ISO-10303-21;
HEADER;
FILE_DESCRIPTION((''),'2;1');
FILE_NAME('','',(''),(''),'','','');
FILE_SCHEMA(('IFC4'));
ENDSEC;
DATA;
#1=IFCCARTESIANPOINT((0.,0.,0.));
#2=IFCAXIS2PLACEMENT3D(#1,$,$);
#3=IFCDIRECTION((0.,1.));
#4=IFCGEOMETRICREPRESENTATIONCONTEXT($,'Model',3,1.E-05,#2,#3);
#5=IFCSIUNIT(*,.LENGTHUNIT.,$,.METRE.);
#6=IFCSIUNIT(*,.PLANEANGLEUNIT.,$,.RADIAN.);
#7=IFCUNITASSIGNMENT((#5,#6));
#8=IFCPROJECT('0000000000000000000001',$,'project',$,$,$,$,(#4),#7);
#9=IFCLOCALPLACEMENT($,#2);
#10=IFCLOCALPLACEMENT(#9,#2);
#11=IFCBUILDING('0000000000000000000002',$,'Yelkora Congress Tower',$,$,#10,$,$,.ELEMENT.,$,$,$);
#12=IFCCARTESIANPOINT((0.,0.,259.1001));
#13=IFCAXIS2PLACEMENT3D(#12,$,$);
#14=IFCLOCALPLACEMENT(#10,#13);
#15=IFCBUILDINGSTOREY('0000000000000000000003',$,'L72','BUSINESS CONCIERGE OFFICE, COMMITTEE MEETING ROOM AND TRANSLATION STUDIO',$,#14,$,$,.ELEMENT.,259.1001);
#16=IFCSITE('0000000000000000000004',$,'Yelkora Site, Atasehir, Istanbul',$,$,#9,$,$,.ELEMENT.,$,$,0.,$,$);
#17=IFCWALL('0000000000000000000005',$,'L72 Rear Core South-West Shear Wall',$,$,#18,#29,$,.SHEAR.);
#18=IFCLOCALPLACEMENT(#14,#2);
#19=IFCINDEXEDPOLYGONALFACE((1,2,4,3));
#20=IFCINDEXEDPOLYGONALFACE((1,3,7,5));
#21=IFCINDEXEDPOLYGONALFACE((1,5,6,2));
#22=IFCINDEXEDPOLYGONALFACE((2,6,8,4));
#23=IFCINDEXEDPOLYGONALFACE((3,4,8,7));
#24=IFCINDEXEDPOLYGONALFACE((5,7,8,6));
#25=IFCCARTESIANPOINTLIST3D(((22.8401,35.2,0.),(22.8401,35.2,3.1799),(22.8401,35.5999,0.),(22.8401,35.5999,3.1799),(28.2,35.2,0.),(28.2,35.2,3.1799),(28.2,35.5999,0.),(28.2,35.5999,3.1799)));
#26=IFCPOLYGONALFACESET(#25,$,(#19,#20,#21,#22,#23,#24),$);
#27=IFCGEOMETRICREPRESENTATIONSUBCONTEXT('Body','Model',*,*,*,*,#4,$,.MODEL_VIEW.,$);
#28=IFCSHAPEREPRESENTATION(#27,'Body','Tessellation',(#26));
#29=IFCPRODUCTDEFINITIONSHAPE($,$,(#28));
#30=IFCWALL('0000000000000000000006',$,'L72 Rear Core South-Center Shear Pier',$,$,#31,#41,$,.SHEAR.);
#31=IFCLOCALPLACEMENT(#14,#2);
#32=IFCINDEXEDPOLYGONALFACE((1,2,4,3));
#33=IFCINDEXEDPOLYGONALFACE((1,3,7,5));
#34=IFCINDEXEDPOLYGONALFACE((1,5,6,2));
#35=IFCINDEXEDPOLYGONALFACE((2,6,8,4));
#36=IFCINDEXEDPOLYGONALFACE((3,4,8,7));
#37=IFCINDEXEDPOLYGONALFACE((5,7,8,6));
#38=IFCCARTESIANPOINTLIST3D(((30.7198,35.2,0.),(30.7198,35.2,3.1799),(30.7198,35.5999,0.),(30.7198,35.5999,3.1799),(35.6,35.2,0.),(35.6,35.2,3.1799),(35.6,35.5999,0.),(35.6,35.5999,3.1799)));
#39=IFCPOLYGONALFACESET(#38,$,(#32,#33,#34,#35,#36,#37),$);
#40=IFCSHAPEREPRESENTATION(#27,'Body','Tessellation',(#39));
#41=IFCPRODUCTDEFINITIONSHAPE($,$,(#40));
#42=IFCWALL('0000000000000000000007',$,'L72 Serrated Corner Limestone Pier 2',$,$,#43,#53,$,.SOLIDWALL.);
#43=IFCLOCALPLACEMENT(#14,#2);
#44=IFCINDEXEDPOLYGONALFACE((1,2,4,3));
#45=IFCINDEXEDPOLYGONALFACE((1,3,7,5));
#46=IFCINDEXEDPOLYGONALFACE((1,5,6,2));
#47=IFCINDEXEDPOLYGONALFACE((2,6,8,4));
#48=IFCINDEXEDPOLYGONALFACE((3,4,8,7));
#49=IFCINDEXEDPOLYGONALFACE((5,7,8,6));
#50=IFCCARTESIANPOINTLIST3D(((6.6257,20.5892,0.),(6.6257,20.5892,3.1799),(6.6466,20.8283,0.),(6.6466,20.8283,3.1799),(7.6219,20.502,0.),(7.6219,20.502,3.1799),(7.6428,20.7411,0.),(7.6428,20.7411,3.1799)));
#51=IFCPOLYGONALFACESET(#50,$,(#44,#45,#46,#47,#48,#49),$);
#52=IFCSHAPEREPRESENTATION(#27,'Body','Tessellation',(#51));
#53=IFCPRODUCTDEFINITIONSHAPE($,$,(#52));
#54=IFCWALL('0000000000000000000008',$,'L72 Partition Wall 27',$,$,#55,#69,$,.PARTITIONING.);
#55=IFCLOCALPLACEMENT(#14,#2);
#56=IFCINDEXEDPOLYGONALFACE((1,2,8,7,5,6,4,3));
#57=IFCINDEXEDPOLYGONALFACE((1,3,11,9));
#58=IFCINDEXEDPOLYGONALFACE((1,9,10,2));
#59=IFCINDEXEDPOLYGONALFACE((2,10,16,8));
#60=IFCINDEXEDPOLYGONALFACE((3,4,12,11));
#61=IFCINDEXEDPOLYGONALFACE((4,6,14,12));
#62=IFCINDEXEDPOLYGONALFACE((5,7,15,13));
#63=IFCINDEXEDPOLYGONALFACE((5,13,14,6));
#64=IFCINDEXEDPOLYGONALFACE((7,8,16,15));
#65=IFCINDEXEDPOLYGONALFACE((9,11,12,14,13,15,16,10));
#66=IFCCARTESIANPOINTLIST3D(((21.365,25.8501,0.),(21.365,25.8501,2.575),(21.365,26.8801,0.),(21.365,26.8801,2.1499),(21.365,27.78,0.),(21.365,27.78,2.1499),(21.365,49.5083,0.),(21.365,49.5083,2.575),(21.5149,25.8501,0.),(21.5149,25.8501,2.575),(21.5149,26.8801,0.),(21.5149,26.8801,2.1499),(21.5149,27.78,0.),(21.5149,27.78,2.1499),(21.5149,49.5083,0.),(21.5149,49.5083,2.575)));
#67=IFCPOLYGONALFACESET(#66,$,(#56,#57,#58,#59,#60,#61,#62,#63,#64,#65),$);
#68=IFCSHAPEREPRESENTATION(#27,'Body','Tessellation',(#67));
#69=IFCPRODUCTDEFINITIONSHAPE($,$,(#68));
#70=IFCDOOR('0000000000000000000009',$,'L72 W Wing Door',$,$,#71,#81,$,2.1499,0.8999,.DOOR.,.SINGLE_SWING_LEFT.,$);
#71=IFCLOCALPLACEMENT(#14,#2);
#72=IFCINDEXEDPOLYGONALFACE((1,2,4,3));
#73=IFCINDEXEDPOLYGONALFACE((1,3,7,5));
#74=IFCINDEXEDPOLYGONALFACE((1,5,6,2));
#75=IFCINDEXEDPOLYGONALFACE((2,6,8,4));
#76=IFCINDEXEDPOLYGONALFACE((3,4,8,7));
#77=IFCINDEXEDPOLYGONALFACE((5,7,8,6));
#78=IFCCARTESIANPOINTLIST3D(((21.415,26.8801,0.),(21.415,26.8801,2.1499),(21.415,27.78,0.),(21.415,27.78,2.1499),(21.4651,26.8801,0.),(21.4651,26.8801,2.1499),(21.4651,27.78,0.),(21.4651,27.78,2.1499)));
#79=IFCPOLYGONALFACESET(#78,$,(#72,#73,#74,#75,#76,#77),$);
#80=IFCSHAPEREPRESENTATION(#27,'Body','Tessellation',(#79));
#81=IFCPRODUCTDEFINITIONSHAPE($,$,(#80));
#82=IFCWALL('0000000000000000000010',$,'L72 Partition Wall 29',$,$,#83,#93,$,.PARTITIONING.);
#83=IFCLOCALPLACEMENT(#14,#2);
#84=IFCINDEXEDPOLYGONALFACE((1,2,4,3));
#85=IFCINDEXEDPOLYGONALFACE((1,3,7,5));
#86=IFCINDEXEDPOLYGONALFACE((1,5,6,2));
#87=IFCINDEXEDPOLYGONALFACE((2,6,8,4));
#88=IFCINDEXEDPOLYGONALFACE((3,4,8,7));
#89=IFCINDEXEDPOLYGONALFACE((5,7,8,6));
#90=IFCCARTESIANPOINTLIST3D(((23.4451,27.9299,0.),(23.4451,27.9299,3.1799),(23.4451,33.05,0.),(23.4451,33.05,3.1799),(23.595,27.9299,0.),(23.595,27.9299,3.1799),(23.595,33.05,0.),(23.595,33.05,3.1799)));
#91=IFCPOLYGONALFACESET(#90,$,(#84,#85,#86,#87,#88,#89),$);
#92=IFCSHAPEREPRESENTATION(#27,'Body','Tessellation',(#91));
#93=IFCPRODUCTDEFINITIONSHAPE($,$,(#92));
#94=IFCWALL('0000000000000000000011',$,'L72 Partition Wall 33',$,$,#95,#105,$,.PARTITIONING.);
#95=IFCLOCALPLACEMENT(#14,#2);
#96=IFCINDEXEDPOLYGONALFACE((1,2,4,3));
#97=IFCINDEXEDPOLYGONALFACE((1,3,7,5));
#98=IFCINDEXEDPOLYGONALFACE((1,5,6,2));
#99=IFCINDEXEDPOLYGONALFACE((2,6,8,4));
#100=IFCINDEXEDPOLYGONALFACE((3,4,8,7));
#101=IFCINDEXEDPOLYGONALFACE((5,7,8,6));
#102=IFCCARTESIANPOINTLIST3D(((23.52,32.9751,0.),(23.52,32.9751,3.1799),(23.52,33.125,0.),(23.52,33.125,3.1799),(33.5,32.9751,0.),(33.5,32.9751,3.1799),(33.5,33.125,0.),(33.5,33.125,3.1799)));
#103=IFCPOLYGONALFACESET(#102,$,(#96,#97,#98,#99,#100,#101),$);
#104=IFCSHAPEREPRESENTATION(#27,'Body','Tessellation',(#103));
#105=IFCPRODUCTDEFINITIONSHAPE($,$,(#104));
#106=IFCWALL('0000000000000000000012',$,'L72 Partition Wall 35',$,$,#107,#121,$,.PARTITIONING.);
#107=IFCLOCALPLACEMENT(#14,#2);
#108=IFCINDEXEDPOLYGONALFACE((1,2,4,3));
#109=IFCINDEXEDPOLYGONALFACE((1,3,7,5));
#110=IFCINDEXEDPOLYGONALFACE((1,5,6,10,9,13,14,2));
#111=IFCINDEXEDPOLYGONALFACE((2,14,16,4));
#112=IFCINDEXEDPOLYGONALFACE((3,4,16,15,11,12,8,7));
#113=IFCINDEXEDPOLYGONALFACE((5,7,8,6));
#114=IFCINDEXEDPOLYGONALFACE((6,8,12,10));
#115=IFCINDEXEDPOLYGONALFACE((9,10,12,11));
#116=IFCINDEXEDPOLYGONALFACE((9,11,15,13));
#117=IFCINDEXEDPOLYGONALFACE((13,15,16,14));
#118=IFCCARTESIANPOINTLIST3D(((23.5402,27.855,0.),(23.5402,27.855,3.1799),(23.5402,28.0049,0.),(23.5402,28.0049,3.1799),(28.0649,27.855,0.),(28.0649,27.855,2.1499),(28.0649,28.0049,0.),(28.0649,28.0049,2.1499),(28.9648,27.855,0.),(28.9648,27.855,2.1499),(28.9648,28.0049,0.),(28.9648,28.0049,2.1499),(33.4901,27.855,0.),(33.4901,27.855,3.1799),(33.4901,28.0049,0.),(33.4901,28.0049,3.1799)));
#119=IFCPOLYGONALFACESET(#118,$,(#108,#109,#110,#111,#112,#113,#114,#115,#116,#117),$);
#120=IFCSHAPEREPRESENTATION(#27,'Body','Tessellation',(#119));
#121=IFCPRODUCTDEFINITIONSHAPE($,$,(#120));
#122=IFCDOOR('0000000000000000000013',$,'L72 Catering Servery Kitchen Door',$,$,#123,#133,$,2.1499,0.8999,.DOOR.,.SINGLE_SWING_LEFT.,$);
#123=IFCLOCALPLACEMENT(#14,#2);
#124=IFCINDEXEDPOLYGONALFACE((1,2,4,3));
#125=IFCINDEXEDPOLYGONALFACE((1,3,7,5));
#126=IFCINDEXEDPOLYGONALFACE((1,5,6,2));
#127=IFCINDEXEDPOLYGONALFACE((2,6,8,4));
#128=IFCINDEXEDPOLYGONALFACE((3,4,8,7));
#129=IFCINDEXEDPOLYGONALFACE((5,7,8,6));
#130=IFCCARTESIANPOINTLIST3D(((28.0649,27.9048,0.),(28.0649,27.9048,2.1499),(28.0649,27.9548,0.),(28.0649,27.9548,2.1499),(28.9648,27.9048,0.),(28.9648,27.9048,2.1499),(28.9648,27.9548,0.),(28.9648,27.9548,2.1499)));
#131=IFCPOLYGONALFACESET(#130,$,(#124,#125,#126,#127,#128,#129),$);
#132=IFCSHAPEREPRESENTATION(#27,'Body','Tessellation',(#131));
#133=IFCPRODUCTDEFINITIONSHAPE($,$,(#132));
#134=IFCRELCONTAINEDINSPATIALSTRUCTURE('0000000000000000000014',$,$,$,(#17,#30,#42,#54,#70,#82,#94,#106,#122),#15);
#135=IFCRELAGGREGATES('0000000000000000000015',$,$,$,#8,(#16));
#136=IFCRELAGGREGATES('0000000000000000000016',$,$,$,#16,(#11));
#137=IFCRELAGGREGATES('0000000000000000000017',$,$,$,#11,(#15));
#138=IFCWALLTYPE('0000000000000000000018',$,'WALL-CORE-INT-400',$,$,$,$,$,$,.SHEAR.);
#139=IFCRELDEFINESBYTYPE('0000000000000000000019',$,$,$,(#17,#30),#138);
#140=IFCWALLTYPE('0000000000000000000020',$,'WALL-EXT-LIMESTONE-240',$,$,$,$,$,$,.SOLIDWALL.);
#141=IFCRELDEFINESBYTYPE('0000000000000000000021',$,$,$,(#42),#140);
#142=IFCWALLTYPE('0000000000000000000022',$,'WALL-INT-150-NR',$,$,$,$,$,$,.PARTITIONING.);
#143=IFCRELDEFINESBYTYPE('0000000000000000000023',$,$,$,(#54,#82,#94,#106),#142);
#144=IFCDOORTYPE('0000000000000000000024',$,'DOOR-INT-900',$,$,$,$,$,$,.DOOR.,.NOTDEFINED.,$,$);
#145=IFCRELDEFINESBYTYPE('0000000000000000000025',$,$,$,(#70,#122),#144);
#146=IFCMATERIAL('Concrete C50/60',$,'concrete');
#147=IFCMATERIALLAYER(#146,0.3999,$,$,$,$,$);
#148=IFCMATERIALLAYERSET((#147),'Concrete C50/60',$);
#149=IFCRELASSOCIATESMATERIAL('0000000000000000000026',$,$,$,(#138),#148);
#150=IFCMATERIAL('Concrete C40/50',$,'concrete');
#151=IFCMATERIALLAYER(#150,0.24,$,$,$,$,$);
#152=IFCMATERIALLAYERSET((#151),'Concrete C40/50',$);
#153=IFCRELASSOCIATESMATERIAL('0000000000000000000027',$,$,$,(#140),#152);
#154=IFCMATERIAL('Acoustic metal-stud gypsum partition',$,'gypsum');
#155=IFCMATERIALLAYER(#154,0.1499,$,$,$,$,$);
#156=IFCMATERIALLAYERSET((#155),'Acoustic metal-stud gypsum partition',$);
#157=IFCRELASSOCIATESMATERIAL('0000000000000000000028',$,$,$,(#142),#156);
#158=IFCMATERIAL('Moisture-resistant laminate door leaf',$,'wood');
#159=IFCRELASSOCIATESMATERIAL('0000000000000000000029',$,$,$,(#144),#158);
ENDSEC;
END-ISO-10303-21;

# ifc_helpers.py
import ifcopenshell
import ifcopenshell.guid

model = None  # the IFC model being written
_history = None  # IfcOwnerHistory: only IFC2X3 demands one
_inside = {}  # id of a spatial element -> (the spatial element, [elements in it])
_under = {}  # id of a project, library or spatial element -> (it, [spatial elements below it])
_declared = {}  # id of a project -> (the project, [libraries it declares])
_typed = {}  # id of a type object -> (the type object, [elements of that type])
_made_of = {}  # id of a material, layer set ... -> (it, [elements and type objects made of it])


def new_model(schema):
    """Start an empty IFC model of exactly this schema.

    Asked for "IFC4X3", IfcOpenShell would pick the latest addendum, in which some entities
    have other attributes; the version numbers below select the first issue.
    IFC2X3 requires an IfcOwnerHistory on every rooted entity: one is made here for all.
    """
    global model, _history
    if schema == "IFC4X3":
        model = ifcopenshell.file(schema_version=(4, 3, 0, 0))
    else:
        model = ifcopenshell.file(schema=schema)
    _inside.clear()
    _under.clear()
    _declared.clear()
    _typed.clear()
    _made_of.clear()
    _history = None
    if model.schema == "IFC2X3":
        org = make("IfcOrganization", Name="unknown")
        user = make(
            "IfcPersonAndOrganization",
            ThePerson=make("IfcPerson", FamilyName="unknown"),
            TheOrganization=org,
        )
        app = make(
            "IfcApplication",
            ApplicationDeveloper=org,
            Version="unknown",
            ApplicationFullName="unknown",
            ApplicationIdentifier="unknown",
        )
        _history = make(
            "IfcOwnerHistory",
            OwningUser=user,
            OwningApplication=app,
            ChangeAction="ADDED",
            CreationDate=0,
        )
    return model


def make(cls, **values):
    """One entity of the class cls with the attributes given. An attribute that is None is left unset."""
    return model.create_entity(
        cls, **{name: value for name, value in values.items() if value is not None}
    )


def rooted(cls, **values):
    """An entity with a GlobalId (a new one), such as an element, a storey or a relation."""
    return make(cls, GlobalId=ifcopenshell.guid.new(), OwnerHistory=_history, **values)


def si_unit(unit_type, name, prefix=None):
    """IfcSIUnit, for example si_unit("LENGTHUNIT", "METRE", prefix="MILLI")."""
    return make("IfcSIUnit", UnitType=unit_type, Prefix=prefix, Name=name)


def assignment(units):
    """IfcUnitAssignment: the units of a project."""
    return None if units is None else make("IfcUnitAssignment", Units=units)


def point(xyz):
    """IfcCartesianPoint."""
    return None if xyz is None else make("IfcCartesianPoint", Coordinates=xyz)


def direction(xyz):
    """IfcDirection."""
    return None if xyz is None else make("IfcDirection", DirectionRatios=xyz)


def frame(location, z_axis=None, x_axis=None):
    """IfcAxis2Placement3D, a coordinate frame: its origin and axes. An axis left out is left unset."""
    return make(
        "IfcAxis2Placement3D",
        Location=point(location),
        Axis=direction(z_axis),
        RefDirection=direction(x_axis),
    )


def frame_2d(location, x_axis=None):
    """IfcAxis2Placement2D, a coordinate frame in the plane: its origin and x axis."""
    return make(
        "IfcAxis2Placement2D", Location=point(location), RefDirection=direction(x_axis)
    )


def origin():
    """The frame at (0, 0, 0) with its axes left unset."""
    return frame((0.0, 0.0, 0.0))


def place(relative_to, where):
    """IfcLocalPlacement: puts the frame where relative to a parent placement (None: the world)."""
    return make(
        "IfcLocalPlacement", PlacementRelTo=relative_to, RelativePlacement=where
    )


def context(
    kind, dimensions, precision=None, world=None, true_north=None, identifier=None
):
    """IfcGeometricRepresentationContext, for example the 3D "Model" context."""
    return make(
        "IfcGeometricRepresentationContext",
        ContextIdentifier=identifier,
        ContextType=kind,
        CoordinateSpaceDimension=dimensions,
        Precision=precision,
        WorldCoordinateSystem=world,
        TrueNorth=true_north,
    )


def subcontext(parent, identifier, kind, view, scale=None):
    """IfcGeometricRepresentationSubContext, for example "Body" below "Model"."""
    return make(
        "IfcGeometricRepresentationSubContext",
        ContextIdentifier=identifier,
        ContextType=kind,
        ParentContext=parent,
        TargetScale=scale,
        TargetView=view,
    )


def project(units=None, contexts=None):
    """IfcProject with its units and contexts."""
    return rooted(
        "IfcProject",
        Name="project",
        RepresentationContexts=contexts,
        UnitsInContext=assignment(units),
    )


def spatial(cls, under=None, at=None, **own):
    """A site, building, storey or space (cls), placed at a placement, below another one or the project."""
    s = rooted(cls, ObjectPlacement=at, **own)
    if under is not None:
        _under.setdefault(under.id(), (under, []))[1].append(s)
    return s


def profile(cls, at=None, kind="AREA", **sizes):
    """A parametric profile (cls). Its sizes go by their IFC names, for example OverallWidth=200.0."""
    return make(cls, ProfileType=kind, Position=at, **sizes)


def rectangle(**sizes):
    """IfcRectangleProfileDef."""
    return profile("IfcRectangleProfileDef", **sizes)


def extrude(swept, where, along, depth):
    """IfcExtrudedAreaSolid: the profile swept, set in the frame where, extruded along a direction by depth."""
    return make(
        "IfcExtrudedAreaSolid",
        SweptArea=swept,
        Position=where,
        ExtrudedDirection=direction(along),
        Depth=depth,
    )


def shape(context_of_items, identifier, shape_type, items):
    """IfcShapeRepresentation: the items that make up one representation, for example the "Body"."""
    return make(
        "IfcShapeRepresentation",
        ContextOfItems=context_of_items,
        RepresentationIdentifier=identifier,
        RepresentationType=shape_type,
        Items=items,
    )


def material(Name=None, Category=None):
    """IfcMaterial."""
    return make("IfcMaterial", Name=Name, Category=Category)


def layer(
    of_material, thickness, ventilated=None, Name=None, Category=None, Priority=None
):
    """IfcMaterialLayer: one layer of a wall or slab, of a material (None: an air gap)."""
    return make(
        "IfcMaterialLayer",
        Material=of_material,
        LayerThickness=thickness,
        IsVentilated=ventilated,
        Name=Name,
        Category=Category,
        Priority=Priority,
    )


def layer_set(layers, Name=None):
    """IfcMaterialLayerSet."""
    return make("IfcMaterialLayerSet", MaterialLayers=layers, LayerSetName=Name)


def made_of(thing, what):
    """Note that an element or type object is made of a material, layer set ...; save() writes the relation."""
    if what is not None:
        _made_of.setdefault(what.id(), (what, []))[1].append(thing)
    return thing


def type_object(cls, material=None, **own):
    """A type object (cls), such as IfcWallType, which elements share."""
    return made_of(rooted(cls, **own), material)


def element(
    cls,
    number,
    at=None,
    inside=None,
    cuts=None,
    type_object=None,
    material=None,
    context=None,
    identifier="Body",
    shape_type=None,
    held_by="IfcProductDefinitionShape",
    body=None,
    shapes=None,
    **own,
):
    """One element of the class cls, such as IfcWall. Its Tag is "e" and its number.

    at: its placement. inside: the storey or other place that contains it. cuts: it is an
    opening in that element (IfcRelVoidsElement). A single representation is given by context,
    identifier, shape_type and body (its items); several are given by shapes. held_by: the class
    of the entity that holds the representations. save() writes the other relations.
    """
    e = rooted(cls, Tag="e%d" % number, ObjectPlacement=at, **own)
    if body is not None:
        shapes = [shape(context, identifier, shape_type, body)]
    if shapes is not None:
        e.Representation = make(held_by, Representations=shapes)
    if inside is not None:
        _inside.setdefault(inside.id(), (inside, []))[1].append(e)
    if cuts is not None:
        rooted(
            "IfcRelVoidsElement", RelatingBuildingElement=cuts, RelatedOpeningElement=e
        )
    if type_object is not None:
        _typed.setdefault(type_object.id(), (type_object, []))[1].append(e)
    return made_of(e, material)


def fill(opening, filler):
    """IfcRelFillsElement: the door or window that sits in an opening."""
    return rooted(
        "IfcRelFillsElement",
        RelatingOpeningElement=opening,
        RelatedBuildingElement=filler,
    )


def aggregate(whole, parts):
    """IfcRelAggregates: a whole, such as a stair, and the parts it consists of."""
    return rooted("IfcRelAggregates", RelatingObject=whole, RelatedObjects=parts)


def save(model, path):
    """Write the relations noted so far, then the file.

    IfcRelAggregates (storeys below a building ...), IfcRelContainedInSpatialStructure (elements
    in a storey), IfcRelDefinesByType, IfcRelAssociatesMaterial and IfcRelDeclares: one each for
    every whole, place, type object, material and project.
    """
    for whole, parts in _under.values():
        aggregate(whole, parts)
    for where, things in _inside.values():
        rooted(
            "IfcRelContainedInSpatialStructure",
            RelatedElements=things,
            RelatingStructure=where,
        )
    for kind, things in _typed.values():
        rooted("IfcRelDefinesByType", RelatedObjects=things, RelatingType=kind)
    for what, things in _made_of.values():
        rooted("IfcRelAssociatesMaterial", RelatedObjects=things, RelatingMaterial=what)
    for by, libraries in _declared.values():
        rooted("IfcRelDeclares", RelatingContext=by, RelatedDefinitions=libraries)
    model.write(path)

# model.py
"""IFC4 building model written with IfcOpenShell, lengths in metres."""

from ifc_helpers import new_model, si_unit, direction, frame, frame_2d, origin, place, context, subcontext, project, spatial, rectangle, extrude, material, layer, layer_set, type_object, element, fill, save


model = new_model("IFC4")

# Units and contexts
model_context = context("Model", 3, precision=1e-05, world=origin(), true_north=direction((0.0, 1.0)))
body_context = subcontext(model_context, "Body", "Model", "MODEL_VIEW")
ifc_project = project(units=[si_unit("LENGTHUNIT", "METRE"), si_unit("PLANEANGLEUNIT", "RADIAN")], contexts=[model_context])

# Site, building, storey
site_placement = place(None, origin())
site = spatial("IfcSite", under=ifc_project, at=site_placement, Name="Yelkora Site, Atasehir, Istanbul", CompositionType="ELEMENT", RefElevation=0.0)
building_placement = place(site_placement, origin())
building = spatial("IfcBuilding", under=site, at=building_placement, Name="Yelkora Congress Tower", CompositionType="ELEMENT")
storey_placement = place(building_placement, frame((0.0, 0.0, 259.1001)))
storey = spatial("IfcBuildingStorey", under=building, at=storey_placement, Name="L72", Description="BUSINESS CONCIERGE OFFICE, COMMITTEE MEETING ROOM AND TRANSLATION STUDIO", CompositionType="ELEMENT", Elevation=259.1001)

# Walls
ifc_material_1 = material(Name="Concrete C50/60", Category="concrete")
ifc_layer_1 = layer(ifc_material_1, 0.3999)
ifc_layer_set_1 = layer_set([ifc_layer_1], Name="Concrete C50/60")
wall_type_1 = type_object("IfcWallType", Name="WALL-CORE-INT-400", PredefinedType="SHEAR", material=ifc_layer_set_1)
wall_1_placement = place(storey_placement, frame((22.8401, 35.3999, 0.0), z_axis=(0.0, 0.0, 1.0), x_axis=(1.0, 0.0, 0.0)))
element("IfcWall", 1, at=wall_1_placement, inside=storey, type_object=wall_type_1, Name="L72 Rear Core South-West Shear Wall", PredefinedType="SHEAR", context=body_context, shape_type="SweptSolid", body=[
    extrude(rectangle(XDim=5.3599, YDim=0.3999, at=frame_2d((2.6799, 0.0))), origin(), (0.0, 0.0, 1.0), 3.1799),
])
wall_2_placement = place(storey_placement, frame((30.72, 35.3999, 0.0), z_axis=(0.0, 0.0, 1.0), x_axis=(1.0, 0.0, 0.0)))
element("IfcWall", 2, at=wall_2_placement, inside=storey, type_object=wall_type_1, Name="L72 Rear Core South-Center Shear Pier", PredefinedType="SHEAR", context=body_context, shape_type="SweptSolid", body=[
    extrude(rectangle(XDim=4.8801, YDim=0.3999, at=frame_2d((2.4399, 0.0))), origin(), (0.0, 0.0, 1.0), 3.1799),
])
ifc_material_2 = material(Name="Concrete C40/50", Category="concrete")
ifc_layer_2 = layer(ifc_material_2, 0.24)
ifc_layer_set_2 = layer_set([ifc_layer_2], Name="Concrete C40/50")
wall_type_2 = type_object("IfcWallType", Name="WALL-EXT-LIMESTONE-240", PredefinedType="SOLIDWALL", material=ifc_layer_set_2)
wall_3_placement = place(storey_placement, frame((7.6323, 20.6216, 0.0), z_axis=(0.0, 0.0, 1.0), x_axis=(-0.996194, 0.087167, 0.0)))
element("IfcWall", 3, at=wall_3_placement, inside=storey, type_object=wall_type_2, Name="L72 Serrated Corner Limestone Pier 2", PredefinedType="SOLIDWALL", context=body_context, shape_type="SweptSolid", body=[
    extrude(rectangle(XDim=1.0, YDim=0.24, at=frame_2d((0.5, 0.0))), origin(), (0.0, 0.0, 1.0), 3.1799),
])

# Wall, opening, door
ifc_material_3 = material(Name="Acoustic metal-stud gypsum partition", Category="gypsum")
ifc_layer_3 = layer(ifc_material_3, 0.1499)
ifc_layer_set_3 = layer_set([ifc_layer_3], Name="Acoustic metal-stud gypsum partition")
wall_type_3 = type_object("IfcWallType", Name="WALL-INT-150-NR", PredefinedType="PARTITIONING", material=ifc_layer_set_3)
wall_4_placement = place(storey_placement, frame((21.4399, 25.8501, 0.0), z_axis=(0.0, 0.0, 1.0), x_axis=(0.0, 1.0, 0.0)))
wall_4 = element("IfcWall", 4, at=wall_4_placement, inside=storey, type_object=wall_type_3, Name="L72 Partition Wall 27", PredefinedType="PARTITIONING", context=body_context, shape_type="SweptSolid", body=[
    extrude(rectangle(XDim=23.6582, YDim=0.1499, at=frame_2d((11.8291, 0.0))), origin(), (0.0, 0.0, 1.0), 2.575),
])
opening_1_placement = place(wall_4_placement, frame((1.03, 0.0, 0.0)))
opening_1 = element("IfcOpeningElement", 5, at=opening_1_placement, cuts=wall_4, PredefinedType="OPENING", context=body_context, shape_type="SweptSolid", body=[
    extrude(rectangle(XDim=0.8999, YDim=2.1499, at=frame_2d((0.45, 1.075))), frame((0.0, 0.085, 0.0), z_axis=(0.0, -1.0, 0.0), x_axis=(1.0, 0.0, 0.0)), (0.0, 0.0, 1.0), 0.1699),
])
ifc_material_4 = material(Name="Moisture-resistant laminate door leaf", Category="wood")
door_type_1 = type_object("IfcDoorType", Name="DOOR-INT-900", OperationType="NOTDEFINED", PredefinedType="DOOR", material=ifc_material_4)
door_1_placement = place(opening_1_placement, origin())
door_1 = element("IfcDoor", 6, at=door_1_placement, inside=storey, type_object=door_type_1, Name="L72 W Wing Door", OperationType="SINGLE_SWING_LEFT", OverallHeight=2.1499, OverallWidth=0.8999, PredefinedType="DOOR", context=body_context, shape_type="SweptSolid", body=[
    extrude(rectangle(XDim=0.8999, YDim=2.1499, at=frame_2d((0.45, 1.075))), frame((0.0, 0.0249, 0.0), z_axis=(0.0, -1.0, 0.0), x_axis=(1.0, 0.0, 0.0)), (0.0, 0.0, 1.0), 0.05),
])
fill(opening_1, door_1)

# Walls
wall_5_placement = place(storey_placement, frame((23.52, 27.9299, 0.0), z_axis=(0.0, 0.0, 1.0), x_axis=(0.0, 1.0, 0.0)))
element("IfcWall", 7, at=wall_5_placement, inside=storey, type_object=wall_type_3, Name="L72 Partition Wall 29", PredefinedType="PARTITIONING", context=body_context, shape_type="SweptSolid", body=[
    extrude(rectangle(XDim=5.1201, YDim=0.1499, at=frame_2d((2.5601, 0.0))), origin(), (0.0, 0.0, 1.0), 3.1799),
])
wall_6_placement = place(storey_placement, frame((23.52, 33.05, 0.0), z_axis=(0.0, 0.0, 1.0), x_axis=(1.0, 0.0, 0.0)))
element("IfcWall", 8, at=wall_6_placement, inside=storey, type_object=wall_type_3, Name="L72 Partition Wall 33", PredefinedType="PARTITIONING", context=body_context, shape_type="SweptSolid", body=[
    extrude(rectangle(XDim=9.98, YDim=0.1499, at=frame_2d((4.99, 0.0))), origin(), (0.0, 0.0, 1.0), 3.1799),
])

# Wall, opening, door
wall_7_placement = place(storey_placement, frame((23.54, 27.9299, 0.0), z_axis=(0.0, 0.0, 1.0), x_axis=(1.0, 0.0, 0.0)))
wall_7 = element("IfcWall", 9, at=wall_7_placement, inside=storey, type_object=wall_type_3, Name="L72 Partition Wall 35", PredefinedType="PARTITIONING", context=body_context, shape_type="SweptSolid", body=[
    extrude(rectangle(XDim=9.95, YDim=0.1499, at=frame_2d((4.9751, 0.0))), origin(), (0.0, 0.0, 1.0), 3.1799),
])
opening_2_placement = place(wall_7_placement, frame((4.5249, 0.0, 0.0)))
opening_2 = element("IfcOpeningElement", 10, at=opening_2_placement, cuts=wall_7, PredefinedType="OPENING", context=body_context, shape_type="SweptSolid", body=[
    extrude(rectangle(XDim=0.8999, YDim=2.1499, at=frame_2d((0.45, 1.075))), frame((0.0, 0.085, 0.0), z_axis=(0.0, -1.0, 0.0), x_axis=(1.0, 0.0, 0.0)), (0.0, 0.0, 1.0), 0.1699),
])
door_2_placement = place(opening_2_placement, origin())
door_2 = element("IfcDoor", 11, at=door_2_placement, inside=storey, type_object=door_type_1, Name="L72 Catering Servery Kitchen Door", OperationType="SINGLE_SWING_LEFT", OverallHeight=2.1499, OverallWidth=0.8999, PredefinedType="DOOR", context=body_context, shape_type="SweptSolid", body=[
    extrude(rectangle(XDim=0.8999, YDim=2.1499, at=frame_2d((0.45, 1.075))), frame((0.0, 0.0249, 0.0), z_axis=(0.0, -1.0, 0.0), x_axis=(1.0, 0.0, 0.0)), (0.0, 0.0, 1.0), 0.05),
])
fill(opening_2, door_2)

save(model, "model.ifc")
